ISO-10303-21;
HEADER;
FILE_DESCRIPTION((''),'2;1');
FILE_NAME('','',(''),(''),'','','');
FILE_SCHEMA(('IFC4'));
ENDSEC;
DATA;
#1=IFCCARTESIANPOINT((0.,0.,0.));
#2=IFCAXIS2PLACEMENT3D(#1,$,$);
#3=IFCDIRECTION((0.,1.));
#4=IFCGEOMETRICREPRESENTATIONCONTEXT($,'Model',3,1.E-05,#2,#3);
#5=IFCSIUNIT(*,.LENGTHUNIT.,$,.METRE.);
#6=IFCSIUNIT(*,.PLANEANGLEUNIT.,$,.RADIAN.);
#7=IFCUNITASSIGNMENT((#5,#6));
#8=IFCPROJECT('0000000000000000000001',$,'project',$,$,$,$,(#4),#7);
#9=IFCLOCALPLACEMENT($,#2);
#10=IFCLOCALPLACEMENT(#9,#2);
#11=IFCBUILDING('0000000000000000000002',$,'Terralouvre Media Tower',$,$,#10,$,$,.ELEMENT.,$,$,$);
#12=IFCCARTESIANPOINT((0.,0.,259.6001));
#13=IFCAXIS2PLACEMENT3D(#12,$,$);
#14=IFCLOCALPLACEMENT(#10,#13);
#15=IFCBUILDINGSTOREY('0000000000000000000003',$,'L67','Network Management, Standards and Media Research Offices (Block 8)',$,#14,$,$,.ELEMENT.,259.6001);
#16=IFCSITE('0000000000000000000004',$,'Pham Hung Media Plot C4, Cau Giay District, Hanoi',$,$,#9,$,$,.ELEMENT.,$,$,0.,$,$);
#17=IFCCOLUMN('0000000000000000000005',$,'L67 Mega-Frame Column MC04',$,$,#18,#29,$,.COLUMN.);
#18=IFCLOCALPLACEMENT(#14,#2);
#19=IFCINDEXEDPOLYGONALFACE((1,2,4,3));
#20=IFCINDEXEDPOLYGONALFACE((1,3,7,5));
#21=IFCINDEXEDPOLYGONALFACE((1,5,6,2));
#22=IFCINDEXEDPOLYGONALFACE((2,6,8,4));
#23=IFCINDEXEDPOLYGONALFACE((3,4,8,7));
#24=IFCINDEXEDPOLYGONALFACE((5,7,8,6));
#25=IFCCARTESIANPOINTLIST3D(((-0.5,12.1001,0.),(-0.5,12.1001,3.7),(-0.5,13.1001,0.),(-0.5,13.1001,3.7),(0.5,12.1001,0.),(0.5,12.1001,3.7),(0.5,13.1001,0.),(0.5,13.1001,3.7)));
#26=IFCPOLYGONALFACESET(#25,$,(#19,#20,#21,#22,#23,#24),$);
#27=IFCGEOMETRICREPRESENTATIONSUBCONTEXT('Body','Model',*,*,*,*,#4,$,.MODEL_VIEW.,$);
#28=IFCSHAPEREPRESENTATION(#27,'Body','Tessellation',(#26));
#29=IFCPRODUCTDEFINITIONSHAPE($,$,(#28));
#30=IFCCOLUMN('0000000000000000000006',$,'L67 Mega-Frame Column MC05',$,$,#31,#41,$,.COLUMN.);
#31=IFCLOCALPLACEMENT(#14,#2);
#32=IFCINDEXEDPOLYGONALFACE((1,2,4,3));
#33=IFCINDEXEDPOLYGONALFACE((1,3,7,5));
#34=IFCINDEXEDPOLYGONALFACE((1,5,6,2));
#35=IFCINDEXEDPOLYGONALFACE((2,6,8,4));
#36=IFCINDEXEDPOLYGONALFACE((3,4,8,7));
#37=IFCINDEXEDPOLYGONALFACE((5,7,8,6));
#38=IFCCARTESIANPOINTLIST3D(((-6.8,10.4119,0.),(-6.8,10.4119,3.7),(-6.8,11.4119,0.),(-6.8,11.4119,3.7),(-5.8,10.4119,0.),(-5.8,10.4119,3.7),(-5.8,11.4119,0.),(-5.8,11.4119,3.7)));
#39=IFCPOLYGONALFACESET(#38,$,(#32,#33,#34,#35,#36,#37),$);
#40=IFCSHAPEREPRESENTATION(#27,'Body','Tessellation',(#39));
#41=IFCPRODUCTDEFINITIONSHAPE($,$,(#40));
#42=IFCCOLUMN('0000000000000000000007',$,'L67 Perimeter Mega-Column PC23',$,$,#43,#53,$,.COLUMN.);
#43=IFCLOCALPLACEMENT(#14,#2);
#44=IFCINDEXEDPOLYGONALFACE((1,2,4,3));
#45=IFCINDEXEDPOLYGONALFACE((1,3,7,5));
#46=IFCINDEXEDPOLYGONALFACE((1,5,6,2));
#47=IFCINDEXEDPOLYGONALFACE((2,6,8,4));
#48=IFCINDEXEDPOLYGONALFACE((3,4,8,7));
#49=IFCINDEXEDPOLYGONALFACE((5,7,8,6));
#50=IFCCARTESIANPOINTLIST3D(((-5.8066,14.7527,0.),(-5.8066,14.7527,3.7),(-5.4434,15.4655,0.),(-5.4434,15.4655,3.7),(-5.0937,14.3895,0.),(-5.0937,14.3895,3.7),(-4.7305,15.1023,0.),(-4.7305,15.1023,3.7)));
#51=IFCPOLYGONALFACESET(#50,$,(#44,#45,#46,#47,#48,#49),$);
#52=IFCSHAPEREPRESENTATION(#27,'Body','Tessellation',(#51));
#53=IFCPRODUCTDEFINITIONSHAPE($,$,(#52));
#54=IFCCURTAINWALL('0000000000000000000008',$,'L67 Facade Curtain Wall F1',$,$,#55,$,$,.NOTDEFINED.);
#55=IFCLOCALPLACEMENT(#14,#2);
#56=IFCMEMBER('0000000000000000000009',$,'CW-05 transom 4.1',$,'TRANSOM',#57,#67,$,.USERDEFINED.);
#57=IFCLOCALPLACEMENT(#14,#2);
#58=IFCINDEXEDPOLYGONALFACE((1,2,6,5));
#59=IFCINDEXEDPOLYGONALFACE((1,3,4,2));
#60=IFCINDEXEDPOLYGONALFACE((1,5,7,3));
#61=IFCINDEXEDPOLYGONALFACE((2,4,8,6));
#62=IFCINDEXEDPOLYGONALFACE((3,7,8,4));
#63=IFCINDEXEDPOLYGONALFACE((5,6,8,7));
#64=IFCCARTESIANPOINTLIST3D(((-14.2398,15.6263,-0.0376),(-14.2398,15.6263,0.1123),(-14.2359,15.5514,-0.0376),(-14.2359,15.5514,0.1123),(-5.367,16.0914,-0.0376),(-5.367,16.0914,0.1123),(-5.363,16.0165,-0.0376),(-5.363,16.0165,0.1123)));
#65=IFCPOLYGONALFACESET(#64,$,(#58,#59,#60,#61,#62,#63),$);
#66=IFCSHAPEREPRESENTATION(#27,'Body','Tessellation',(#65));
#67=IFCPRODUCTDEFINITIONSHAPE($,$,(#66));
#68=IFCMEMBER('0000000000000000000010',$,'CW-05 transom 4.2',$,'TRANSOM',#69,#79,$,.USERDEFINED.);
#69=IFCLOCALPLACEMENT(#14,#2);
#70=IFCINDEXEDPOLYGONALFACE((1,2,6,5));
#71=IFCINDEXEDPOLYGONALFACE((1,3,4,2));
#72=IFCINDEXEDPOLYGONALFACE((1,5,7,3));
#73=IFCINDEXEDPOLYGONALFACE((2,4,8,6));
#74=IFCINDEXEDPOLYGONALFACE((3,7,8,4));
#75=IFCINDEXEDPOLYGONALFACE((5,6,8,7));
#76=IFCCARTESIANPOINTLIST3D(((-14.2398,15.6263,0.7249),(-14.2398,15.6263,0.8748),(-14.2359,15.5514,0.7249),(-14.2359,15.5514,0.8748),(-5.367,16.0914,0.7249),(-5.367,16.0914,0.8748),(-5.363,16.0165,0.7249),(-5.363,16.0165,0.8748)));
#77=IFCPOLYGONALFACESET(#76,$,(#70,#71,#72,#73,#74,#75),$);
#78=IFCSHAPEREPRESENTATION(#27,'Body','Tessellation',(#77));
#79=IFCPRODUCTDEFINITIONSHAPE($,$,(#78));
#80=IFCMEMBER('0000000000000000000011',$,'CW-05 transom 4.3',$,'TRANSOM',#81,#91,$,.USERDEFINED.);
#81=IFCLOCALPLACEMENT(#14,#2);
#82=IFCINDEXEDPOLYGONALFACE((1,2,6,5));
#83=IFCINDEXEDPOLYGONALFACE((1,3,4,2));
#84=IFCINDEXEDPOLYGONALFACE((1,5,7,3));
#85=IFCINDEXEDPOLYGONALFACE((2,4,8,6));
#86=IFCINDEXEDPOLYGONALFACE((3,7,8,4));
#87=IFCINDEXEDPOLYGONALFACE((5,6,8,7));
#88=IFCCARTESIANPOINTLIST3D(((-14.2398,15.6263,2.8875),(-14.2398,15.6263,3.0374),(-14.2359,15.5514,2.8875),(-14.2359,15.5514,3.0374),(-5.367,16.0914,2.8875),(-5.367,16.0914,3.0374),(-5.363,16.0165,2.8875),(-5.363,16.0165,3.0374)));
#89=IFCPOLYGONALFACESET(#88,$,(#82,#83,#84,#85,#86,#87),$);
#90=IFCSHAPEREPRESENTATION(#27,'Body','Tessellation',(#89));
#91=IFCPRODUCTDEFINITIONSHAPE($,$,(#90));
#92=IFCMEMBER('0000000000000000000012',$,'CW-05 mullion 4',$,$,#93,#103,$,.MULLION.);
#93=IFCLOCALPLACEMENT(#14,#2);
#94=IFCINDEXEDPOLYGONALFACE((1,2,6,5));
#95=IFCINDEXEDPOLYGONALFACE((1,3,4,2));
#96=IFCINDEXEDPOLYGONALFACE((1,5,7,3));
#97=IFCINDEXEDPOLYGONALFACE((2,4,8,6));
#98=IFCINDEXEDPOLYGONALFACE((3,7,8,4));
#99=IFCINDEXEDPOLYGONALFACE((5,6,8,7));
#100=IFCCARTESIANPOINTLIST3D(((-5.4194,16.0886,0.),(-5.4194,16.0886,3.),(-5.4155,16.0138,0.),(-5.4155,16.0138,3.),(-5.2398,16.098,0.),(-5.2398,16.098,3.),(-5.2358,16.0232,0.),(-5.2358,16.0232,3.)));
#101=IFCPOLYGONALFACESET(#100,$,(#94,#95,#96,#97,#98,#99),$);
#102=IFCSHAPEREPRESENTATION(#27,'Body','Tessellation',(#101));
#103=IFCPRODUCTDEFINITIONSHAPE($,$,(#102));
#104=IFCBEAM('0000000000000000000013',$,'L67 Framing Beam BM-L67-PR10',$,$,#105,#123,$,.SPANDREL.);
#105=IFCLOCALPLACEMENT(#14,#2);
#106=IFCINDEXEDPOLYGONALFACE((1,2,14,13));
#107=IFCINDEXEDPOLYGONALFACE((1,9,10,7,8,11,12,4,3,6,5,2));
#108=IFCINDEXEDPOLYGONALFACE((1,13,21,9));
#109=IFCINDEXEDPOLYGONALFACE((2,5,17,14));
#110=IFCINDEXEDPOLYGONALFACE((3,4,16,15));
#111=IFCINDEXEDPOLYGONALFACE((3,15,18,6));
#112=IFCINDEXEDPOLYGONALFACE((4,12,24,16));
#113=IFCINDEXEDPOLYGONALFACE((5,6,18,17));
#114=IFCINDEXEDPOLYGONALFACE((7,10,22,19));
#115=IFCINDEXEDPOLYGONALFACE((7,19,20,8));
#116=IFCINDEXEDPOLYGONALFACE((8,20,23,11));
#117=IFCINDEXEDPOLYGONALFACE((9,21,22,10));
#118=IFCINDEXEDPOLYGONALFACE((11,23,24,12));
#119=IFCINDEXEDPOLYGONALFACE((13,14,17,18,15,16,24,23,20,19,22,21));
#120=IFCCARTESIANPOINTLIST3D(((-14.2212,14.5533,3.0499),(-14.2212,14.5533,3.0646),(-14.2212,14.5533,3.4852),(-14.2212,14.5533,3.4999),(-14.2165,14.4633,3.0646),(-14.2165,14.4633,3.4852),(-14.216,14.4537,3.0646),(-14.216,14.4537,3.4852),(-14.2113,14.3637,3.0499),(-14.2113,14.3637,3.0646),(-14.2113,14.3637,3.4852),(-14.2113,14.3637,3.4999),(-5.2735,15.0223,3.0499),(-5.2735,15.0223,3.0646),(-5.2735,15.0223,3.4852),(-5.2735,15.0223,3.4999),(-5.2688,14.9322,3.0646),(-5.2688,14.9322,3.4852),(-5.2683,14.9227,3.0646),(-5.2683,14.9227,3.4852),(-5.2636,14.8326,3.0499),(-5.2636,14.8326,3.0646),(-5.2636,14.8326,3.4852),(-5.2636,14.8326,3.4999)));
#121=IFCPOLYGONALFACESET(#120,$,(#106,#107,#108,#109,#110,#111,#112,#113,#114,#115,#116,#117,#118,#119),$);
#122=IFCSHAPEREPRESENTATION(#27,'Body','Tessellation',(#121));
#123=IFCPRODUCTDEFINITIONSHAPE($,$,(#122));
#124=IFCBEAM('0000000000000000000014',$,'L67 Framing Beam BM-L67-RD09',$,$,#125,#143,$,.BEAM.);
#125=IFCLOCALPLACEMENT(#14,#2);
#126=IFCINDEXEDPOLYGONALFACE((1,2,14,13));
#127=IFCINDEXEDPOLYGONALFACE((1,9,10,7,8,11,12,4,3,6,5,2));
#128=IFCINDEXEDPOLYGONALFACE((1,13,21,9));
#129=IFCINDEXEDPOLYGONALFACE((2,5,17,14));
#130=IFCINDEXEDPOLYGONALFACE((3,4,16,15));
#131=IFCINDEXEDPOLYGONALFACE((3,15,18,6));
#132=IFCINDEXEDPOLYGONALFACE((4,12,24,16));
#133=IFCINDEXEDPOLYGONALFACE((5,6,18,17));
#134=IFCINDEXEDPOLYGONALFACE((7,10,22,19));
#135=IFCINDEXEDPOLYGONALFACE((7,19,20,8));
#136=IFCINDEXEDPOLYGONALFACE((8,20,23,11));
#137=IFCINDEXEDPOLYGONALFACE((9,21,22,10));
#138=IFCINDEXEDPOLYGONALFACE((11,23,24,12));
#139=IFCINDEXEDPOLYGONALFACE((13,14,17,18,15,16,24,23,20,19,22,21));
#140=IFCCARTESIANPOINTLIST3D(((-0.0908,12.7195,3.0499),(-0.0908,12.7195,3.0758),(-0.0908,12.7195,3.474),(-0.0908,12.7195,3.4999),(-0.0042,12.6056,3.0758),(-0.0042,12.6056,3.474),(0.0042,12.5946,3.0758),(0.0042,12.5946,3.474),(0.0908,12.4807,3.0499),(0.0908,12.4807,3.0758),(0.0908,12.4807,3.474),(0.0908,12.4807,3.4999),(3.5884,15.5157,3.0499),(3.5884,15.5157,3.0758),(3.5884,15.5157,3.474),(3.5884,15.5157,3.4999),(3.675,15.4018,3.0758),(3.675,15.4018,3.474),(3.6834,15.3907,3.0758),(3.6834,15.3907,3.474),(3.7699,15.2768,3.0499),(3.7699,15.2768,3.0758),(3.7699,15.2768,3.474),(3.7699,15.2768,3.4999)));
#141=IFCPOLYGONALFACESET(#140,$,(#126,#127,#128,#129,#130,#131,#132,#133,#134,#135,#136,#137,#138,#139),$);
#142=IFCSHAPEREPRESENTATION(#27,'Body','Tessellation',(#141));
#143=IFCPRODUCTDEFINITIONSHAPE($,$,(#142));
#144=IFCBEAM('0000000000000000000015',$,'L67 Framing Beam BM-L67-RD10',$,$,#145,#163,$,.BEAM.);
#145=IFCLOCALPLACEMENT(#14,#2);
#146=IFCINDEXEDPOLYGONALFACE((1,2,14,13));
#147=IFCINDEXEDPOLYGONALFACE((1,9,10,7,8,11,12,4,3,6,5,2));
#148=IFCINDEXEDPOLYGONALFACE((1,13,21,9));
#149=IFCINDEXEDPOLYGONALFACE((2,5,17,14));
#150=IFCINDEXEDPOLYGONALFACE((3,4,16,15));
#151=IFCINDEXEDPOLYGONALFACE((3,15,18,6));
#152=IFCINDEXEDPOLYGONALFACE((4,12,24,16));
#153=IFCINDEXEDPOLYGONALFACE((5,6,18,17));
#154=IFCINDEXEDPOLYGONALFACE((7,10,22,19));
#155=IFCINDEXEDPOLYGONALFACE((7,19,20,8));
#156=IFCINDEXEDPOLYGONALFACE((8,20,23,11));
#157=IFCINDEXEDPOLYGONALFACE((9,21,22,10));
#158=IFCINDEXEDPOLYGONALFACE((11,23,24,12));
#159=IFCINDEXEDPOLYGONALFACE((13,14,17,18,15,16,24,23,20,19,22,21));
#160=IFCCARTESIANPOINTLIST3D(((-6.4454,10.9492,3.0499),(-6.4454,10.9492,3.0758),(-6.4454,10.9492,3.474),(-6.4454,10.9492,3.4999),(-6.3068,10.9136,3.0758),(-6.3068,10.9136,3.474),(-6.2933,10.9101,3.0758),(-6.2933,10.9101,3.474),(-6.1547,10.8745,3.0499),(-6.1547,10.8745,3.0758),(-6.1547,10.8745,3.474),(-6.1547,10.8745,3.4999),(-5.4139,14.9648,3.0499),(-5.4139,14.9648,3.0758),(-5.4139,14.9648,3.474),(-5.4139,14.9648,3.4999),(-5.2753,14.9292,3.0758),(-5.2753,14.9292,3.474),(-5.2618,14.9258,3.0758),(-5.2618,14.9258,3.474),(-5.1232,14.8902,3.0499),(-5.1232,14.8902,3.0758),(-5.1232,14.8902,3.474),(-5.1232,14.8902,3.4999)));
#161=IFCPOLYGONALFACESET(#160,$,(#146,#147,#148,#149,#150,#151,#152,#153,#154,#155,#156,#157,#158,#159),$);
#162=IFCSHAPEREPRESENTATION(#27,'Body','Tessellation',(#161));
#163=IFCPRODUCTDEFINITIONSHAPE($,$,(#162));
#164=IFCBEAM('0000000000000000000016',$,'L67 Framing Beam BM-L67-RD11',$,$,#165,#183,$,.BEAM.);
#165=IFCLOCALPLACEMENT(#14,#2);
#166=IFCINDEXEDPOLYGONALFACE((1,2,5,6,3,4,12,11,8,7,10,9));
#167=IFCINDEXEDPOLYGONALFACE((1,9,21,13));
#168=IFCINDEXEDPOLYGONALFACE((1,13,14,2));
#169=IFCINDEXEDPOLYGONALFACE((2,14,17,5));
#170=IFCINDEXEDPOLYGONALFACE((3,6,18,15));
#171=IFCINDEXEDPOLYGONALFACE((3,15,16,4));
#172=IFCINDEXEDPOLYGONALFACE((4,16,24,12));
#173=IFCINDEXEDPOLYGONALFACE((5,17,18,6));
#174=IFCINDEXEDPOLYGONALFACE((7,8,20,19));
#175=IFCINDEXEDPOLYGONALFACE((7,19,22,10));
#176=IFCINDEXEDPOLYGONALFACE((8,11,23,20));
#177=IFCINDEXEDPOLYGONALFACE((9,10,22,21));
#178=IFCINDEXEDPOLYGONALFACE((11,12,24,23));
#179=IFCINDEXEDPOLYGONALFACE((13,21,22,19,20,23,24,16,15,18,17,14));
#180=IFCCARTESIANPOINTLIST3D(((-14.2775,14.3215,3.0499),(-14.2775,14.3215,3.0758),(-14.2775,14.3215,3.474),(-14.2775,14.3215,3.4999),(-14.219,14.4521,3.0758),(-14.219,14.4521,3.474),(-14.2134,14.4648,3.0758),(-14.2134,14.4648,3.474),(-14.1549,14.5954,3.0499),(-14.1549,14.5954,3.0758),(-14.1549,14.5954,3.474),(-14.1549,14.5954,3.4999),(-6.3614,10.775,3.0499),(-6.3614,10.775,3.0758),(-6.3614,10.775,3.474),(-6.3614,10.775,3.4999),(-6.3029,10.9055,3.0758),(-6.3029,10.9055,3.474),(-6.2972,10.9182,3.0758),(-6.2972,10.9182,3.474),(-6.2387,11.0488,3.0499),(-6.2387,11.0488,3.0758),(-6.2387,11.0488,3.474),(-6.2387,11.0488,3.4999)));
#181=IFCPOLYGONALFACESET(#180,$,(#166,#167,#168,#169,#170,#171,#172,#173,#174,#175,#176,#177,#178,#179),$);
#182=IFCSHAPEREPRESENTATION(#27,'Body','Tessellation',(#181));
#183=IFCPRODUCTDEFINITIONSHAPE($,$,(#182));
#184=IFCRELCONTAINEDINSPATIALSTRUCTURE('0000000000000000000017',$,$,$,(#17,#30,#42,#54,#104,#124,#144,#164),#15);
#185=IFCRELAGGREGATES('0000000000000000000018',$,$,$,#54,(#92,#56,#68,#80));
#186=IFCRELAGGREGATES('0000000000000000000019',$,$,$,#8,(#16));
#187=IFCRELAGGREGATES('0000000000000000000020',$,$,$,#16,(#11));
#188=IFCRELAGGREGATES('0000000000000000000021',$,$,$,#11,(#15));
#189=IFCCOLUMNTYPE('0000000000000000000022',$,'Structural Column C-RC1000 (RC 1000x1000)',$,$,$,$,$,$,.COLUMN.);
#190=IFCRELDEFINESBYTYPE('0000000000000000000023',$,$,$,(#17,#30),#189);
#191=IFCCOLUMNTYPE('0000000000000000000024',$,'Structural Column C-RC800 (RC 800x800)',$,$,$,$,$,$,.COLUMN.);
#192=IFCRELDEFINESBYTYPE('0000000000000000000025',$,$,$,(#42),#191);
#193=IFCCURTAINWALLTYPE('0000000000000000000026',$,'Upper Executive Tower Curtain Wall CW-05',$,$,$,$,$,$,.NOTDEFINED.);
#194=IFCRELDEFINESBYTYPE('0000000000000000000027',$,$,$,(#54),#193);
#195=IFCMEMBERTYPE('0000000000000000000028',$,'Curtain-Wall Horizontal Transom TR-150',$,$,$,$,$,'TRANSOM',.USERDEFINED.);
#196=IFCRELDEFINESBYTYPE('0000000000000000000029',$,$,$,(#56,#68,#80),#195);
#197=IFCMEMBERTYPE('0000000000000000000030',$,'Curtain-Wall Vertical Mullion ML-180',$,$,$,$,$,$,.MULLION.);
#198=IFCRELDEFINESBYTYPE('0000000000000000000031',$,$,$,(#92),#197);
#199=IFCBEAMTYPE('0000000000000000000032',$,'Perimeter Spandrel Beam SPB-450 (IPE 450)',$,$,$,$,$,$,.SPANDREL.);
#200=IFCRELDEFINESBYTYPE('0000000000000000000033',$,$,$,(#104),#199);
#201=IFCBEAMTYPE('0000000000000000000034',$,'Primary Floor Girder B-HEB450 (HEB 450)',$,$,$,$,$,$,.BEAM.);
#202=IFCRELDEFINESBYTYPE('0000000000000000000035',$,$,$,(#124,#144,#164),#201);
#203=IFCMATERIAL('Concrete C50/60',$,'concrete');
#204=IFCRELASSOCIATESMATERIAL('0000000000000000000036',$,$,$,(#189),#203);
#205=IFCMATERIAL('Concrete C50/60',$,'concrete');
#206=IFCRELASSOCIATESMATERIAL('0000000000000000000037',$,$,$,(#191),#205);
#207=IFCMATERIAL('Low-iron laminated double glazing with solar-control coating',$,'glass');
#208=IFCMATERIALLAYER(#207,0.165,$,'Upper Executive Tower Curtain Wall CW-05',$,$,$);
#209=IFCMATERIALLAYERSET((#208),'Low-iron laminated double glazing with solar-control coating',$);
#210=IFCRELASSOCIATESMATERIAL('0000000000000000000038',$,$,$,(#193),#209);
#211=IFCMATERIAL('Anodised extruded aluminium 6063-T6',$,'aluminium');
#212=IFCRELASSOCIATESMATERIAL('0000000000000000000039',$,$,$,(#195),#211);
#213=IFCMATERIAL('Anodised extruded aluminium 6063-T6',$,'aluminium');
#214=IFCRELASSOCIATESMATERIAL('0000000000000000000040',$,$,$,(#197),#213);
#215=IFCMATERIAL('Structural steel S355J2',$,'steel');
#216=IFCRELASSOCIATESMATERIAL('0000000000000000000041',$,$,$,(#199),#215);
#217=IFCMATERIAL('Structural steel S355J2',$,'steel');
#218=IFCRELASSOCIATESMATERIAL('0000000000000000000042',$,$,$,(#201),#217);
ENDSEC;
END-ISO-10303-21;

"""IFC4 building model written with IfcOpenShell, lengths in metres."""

from ifc_helpers import new_model, si_unit, direction, frame, origin, origin_2d, place, context, subcontext, project, spatial, rectangle, i_section, extrude, material, layer, layer_set, material_profile, profile_set, type_object, element, aggregate, save


model = new_model("IFC4")

# Units and contexts
model_context = context("Model", 3, precision=1e-05, world=origin(), true_north=direction((0.0, 1.0)))
body_context = subcontext(model_context, "Body", "Model", "MODEL_VIEW")
ifc_project = project(units=[si_unit("LENGTHUNIT", "METRE"), si_unit("PLANEANGLEUNIT", "RADIAN")], contexts=[model_context])

# Site, building, storey
site_placement = place(None, origin())
site = spatial("IfcSite", under=ifc_project, at=site_placement, Name="Pham Hung Media Plot C4, Cau Giay District, Hanoi", CompositionType="ELEMENT", RefElevation=0.0)
building_placement = place(site_placement, origin())
building = spatial("IfcBuilding", under=site, at=building_placement, Name="Terralouvre Media Tower", CompositionType="ELEMENT")
storey_placement = place(building_placement, frame((0.0, 0.0, 259.6001)))
storey = spatial("IfcBuildingStorey", under=building, at=storey_placement, Name="L67", Description="Network Management, Standards and Media Research Offices (Block 8)", CompositionType="ELEMENT", Elevation=259.6001)

# Columns
ifc_material_1 = material(Name="Concrete C50/60", Category="concrete")
ifc_material_profile_1 = material_profile(ifc_material_1, rectangle(XDim=1.0, YDim=1.0, at=origin_2d()), Name="RC 1000x1000")
ifc_profile_set_1 = profile_set([ifc_material_profile_1], Name="Concrete C50/60")
column_type_1 = type_object("IfcColumnType", Name="Structural Column C-RC1000 (RC 1000x1000)", PredefinedType="COLUMN", material=ifc_profile_set_1)
for number, where, z_axis, x_axis, name in (
    (1, (0.0, 12.6001, 0.0), (0.0, 0.0, 1.0), (1.0, 0.0, 0.0), "L67 Mega-Frame Column MC04"),
    (2, (-6.3, 10.9119, 0.0), (0.0, 0.0, 1.0), (1.0, 0.0, 0.0), "L67 Mega-Frame Column MC05"),
):
    element("IfcColumn", number, at=place(storey_placement, frame(where, z_axis=z_axis, x_axis=x_axis)), inside=storey, type_object=column_type_1, Name=name, PredefinedType="COLUMN", context=body_context, shape_type="SweptSolid", body=[
        extrude(rectangle(XDim=1.0, YDim=1.0, at=origin_2d()), origin(), (0.0, 0.0, 1.0), 3.7),
    ])
ifc_material_2 = material(Name="Concrete C50/60", Category="concrete")
ifc_material_profile_2 = material_profile(ifc_material_2, rectangle(XDim=0.8, YDim=0.8, at=origin_2d()), Name="RC 800x800")
ifc_profile_set_2 = profile_set([ifc_material_profile_2], Name="Concrete C50/60")
column_type_2 = type_object("IfcColumnType", Name="Structural Column C-RC800 (RC 800x800)", PredefinedType="COLUMN", material=ifc_profile_set_2)
column_placement = place(storey_placement, frame((-5.2686, 14.9275, 0.0), z_axis=(0.0, 0.0, 1.0), x_axis=(0.45399, 0.891007, 0.0)))
element("IfcColumn", 3, at=column_placement, inside=storey, type_object=column_type_2, Name="L67 Perimeter Mega-Column PC23", PredefinedType="COLUMN", context=body_context, shape_type="SweptSolid", body=[
    extrude(rectangle(XDim=0.8, YDim=0.8, at=origin_2d()), origin(), (0.0, 0.0, 1.0), 3.7),
])

# Curtain wall, members
ifc_material_3 = material(Name="Low-iron laminated double glazing with solar-control coating", Category="glass")
ifc_layer_1 = layer(ifc_material_3, 0.165, Name="Upper Executive Tower Curtain Wall CW-05")
ifc_layer_set_1 = layer_set([ifc_layer_1], Name="Low-iron laminated double glazing with solar-control coating")
curtain_wall_type = type_object("IfcCurtainWallType", Name="Upper Executive Tower Curtain Wall CW-05", PredefinedType="NOTDEFINED", material=ifc_layer_set_1)
curtain_wall_placement = place(storey_placement, origin())
curtain_wall = element("IfcCurtainWall", 4, at=curtain_wall_placement, inside=storey, type_object=curtain_wall_type, Name="L67 Facade Curtain Wall F1", PredefinedType="NOTDEFINED")
ifc_material_4 = material(Name="Anodised extruded aluminium 6063-T6", Category="aluminium")
ifc_material_profile_3 = material_profile(ifc_material_4, rectangle(XDim=0.075, YDim=0.1499, at=origin_2d()), Name="ALU 75x150")
ifc_profile_set_3 = profile_set([ifc_material_profile_3], Name="Anodised extruded aluminium 6063-T6")
member_type_1 = type_object("IfcMemberType", Name="Curtain-Wall Horizontal Transom TR-150", ElementType="TRANSOM", PredefinedType="USERDEFINED", material=ifc_profile_set_3)
member_1_placement = place(storey_placement, frame((-5.365, 16.054, 0.0374), z_axis=(-0.998629, -0.052345, 0.0), x_axis=(0.052345, -0.998629, 0.0)))
member_1 = element("IfcMember", 5, at=member_1_placement, type_object=member_type_1, Name="CW-05 transom 4.1", ObjectType="TRANSOM", PredefinedType="USERDEFINED", context=body_context, shape_type="SweptSolid", body=[
    extrude(rectangle(XDim=0.075, YDim=0.1499, at=origin_2d()), origin(), (0.0, 0.0, 1.0), 8.885),
])
member_2_placement = place(storey_placement, frame((-5.365, 16.054, 0.7998), z_axis=(-0.998629, -0.052345, 0.0), x_axis=(0.052345, -0.998629, 0.0)))
member_2 = element("IfcMember", 6, at=member_2_placement, type_object=member_type_1, Name="CW-05 transom 4.2", ObjectType="TRANSOM", PredefinedType="USERDEFINED", context=body_context, shape_type="SweptSolid", body=[
    extrude(rectangle(XDim=0.075, YDim=0.1499, at=origin_2d()), origin(), (0.0, 0.0, 1.0), 8.885),
])
member_3_placement = place(storey_placement, frame((-5.365, 16.054, 2.9624), z_axis=(-0.998629, -0.052345, 0.0), x_axis=(0.052345, -0.998629, 0.0)))
member_3 = element("IfcMember", 7, at=member_3_placement, type_object=member_type_1, Name="CW-05 transom 4.3", ObjectType="TRANSOM", PredefinedType="USERDEFINED", context=body_context, shape_type="SweptSolid", body=[
    extrude(rectangle(XDim=0.075, YDim=0.1499, at=origin_2d()), origin(), (0.0, 0.0, 1.0), 8.885),
])
ifc_material_5 = material(Name="Anodised extruded aluminium 6063-T6", Category="aluminium")
ifc_material_profile_4 = material_profile(ifc_material_5, rectangle(XDim=0.075, YDim=0.1799, at=origin_2d()), Name="ALU 75x180")
ifc_profile_set_4 = profile_set([ifc_material_profile_4], Name="Anodised extruded aluminium 6063-T6")
member_type_2 = type_object("IfcMemberType", Name="Curtain-Wall Vertical Mullion ML-180", PredefinedType="MULLION", material=ifc_profile_set_4)
member_4_placement = place(storey_placement, frame((-5.3276, 16.0559, 0.0), z_axis=(0.0, 0.0, 1.0), x_axis=(0.052336, -0.99863, 0.0)))
member_4 = element("IfcMember", 8, at=member_4_placement, type_object=member_type_2, Name="CW-05 mullion 4", PredefinedType="MULLION", context=body_context, shape_type="SweptSolid", body=[
    extrude(rectangle(XDim=0.075, YDim=0.1799, at=origin_2d()), origin(), (0.0, 0.0, 1.0), 3.0),
])

# Beams
ifc_material_6 = material(Name="Structural steel S355J2", Category="steel")
ifc_material_profile_5 = material_profile(ifc_material_6, i_section(OverallWidth=0.1899, OverallDepth=0.45, WebThickness=0.0095, FlangeThickness=0.0146, at=origin_2d()), Name="IPE 450")
ifc_profile_set_5 = profile_set([ifc_material_profile_5], Name="Structural steel S355J2")
beam_type_1 = type_object("IfcBeamType", Name="Perimeter Spandrel Beam SPB-450 (IPE 450)", PredefinedType="SPANDREL", material=ifc_profile_set_5)
beam_1_placement = place(storey_placement, frame((-5.2686, 14.9275, 3.2749), z_axis=(-0.998629, -0.052343, 0.0), x_axis=(0.052343, -0.998629, 0.0)))
element("IfcBeam", 9, at=beam_1_placement, inside=storey, type_object=beam_type_1, Name="L67 Framing Beam BM-L67-PR10", PredefinedType="SPANDREL", context=body_context, shape_type="SweptSolid", body=[
    extrude(i_section(OverallWidth=0.1899, OverallDepth=0.45, WebThickness=0.0095, FlangeThickness=0.0146, at=origin_2d()), origin(), (0.0, 0.0, 1.0), 8.96),
])
ifc_material_7 = material(Name="Structural steel S355J2", Category="steel")
ifc_material_profile_6 = material_profile(ifc_material_7, i_section(OverallWidth=0.3, OverallDepth=0.45, WebThickness=0.0139, FlangeThickness=0.0259, at=origin_2d()), Name="HEB 450")
ifc_profile_set_6 = profile_set([ifc_material_profile_6], Name="Structural steel S355J2")
beam_type_2 = type_object("IfcBeamType", Name="Primary Floor Girder B-HEB450 (HEB 450)", PredefinedType="BEAM", material=ifc_profile_set_6)
beam_2_placement = place(storey_placement, frame((0.0, 12.6001, 3.2749), z_axis=(0.796167, 0.605077, 0.0), x_axis=(-0.605077, 0.796167, 0.0)))
element("IfcBeam", 10, at=beam_2_placement, inside=storey, type_object=beam_type_2, Name="L67 Framing Beam BM-L67-RD09", PredefinedType="BEAM", context=body_context, shape_type="SweptSolid", body=[
    extrude(i_section(OverallWidth=0.3, OverallDepth=0.45, WebThickness=0.0139, FlangeThickness=0.0259, at=origin_2d()), origin(), (0.0, 0.0, 1.0), 4.6211),
])
beam_3_placement = place(storey_placement, frame((-6.3, 10.9119, 3.2749), z_axis=(0.248793, 0.968557, 0.0), x_axis=(-0.968557, 0.248793, 0.0)))
element("IfcBeam", 11, at=beam_3_placement, inside=storey, type_object=beam_type_2, Name="L67 Framing Beam BM-L67-RD10", PredefinedType="BEAM", context=body_context, shape_type="SweptSolid", body=[
    extrude(i_section(OverallWidth=0.3, OverallDepth=0.45, WebThickness=0.0139, FlangeThickness=0.0259, at=origin_2d()), origin(), (0.0, 0.0, 1.0), 4.146),
])
beam_4_placement = place(storey_placement, frame((-6.3, 10.9119, 3.2749), z_axis=(-0.912597, 0.40886, 0.0), x_axis=(-0.40886, -0.912597, 0.0)))
element("IfcBeam", 12, at=beam_4_placement, inside=storey, type_object=beam_type_2, Name="L67 Framing Beam BM-L67-RD11", PredefinedType="BEAM", context=body_context, shape_type="SweptSolid", body=[
    extrude(i_section(OverallWidth=0.3, OverallDepth=0.45, WebThickness=0.0139, FlangeThickness=0.0259, at=origin_2d()), origin(), (0.0, 0.0, 1.0), 8.6743),
])

aggregate(curtain_wall, [member_4, member_1, member_2, member_3])

save(model, "model.ifc")
